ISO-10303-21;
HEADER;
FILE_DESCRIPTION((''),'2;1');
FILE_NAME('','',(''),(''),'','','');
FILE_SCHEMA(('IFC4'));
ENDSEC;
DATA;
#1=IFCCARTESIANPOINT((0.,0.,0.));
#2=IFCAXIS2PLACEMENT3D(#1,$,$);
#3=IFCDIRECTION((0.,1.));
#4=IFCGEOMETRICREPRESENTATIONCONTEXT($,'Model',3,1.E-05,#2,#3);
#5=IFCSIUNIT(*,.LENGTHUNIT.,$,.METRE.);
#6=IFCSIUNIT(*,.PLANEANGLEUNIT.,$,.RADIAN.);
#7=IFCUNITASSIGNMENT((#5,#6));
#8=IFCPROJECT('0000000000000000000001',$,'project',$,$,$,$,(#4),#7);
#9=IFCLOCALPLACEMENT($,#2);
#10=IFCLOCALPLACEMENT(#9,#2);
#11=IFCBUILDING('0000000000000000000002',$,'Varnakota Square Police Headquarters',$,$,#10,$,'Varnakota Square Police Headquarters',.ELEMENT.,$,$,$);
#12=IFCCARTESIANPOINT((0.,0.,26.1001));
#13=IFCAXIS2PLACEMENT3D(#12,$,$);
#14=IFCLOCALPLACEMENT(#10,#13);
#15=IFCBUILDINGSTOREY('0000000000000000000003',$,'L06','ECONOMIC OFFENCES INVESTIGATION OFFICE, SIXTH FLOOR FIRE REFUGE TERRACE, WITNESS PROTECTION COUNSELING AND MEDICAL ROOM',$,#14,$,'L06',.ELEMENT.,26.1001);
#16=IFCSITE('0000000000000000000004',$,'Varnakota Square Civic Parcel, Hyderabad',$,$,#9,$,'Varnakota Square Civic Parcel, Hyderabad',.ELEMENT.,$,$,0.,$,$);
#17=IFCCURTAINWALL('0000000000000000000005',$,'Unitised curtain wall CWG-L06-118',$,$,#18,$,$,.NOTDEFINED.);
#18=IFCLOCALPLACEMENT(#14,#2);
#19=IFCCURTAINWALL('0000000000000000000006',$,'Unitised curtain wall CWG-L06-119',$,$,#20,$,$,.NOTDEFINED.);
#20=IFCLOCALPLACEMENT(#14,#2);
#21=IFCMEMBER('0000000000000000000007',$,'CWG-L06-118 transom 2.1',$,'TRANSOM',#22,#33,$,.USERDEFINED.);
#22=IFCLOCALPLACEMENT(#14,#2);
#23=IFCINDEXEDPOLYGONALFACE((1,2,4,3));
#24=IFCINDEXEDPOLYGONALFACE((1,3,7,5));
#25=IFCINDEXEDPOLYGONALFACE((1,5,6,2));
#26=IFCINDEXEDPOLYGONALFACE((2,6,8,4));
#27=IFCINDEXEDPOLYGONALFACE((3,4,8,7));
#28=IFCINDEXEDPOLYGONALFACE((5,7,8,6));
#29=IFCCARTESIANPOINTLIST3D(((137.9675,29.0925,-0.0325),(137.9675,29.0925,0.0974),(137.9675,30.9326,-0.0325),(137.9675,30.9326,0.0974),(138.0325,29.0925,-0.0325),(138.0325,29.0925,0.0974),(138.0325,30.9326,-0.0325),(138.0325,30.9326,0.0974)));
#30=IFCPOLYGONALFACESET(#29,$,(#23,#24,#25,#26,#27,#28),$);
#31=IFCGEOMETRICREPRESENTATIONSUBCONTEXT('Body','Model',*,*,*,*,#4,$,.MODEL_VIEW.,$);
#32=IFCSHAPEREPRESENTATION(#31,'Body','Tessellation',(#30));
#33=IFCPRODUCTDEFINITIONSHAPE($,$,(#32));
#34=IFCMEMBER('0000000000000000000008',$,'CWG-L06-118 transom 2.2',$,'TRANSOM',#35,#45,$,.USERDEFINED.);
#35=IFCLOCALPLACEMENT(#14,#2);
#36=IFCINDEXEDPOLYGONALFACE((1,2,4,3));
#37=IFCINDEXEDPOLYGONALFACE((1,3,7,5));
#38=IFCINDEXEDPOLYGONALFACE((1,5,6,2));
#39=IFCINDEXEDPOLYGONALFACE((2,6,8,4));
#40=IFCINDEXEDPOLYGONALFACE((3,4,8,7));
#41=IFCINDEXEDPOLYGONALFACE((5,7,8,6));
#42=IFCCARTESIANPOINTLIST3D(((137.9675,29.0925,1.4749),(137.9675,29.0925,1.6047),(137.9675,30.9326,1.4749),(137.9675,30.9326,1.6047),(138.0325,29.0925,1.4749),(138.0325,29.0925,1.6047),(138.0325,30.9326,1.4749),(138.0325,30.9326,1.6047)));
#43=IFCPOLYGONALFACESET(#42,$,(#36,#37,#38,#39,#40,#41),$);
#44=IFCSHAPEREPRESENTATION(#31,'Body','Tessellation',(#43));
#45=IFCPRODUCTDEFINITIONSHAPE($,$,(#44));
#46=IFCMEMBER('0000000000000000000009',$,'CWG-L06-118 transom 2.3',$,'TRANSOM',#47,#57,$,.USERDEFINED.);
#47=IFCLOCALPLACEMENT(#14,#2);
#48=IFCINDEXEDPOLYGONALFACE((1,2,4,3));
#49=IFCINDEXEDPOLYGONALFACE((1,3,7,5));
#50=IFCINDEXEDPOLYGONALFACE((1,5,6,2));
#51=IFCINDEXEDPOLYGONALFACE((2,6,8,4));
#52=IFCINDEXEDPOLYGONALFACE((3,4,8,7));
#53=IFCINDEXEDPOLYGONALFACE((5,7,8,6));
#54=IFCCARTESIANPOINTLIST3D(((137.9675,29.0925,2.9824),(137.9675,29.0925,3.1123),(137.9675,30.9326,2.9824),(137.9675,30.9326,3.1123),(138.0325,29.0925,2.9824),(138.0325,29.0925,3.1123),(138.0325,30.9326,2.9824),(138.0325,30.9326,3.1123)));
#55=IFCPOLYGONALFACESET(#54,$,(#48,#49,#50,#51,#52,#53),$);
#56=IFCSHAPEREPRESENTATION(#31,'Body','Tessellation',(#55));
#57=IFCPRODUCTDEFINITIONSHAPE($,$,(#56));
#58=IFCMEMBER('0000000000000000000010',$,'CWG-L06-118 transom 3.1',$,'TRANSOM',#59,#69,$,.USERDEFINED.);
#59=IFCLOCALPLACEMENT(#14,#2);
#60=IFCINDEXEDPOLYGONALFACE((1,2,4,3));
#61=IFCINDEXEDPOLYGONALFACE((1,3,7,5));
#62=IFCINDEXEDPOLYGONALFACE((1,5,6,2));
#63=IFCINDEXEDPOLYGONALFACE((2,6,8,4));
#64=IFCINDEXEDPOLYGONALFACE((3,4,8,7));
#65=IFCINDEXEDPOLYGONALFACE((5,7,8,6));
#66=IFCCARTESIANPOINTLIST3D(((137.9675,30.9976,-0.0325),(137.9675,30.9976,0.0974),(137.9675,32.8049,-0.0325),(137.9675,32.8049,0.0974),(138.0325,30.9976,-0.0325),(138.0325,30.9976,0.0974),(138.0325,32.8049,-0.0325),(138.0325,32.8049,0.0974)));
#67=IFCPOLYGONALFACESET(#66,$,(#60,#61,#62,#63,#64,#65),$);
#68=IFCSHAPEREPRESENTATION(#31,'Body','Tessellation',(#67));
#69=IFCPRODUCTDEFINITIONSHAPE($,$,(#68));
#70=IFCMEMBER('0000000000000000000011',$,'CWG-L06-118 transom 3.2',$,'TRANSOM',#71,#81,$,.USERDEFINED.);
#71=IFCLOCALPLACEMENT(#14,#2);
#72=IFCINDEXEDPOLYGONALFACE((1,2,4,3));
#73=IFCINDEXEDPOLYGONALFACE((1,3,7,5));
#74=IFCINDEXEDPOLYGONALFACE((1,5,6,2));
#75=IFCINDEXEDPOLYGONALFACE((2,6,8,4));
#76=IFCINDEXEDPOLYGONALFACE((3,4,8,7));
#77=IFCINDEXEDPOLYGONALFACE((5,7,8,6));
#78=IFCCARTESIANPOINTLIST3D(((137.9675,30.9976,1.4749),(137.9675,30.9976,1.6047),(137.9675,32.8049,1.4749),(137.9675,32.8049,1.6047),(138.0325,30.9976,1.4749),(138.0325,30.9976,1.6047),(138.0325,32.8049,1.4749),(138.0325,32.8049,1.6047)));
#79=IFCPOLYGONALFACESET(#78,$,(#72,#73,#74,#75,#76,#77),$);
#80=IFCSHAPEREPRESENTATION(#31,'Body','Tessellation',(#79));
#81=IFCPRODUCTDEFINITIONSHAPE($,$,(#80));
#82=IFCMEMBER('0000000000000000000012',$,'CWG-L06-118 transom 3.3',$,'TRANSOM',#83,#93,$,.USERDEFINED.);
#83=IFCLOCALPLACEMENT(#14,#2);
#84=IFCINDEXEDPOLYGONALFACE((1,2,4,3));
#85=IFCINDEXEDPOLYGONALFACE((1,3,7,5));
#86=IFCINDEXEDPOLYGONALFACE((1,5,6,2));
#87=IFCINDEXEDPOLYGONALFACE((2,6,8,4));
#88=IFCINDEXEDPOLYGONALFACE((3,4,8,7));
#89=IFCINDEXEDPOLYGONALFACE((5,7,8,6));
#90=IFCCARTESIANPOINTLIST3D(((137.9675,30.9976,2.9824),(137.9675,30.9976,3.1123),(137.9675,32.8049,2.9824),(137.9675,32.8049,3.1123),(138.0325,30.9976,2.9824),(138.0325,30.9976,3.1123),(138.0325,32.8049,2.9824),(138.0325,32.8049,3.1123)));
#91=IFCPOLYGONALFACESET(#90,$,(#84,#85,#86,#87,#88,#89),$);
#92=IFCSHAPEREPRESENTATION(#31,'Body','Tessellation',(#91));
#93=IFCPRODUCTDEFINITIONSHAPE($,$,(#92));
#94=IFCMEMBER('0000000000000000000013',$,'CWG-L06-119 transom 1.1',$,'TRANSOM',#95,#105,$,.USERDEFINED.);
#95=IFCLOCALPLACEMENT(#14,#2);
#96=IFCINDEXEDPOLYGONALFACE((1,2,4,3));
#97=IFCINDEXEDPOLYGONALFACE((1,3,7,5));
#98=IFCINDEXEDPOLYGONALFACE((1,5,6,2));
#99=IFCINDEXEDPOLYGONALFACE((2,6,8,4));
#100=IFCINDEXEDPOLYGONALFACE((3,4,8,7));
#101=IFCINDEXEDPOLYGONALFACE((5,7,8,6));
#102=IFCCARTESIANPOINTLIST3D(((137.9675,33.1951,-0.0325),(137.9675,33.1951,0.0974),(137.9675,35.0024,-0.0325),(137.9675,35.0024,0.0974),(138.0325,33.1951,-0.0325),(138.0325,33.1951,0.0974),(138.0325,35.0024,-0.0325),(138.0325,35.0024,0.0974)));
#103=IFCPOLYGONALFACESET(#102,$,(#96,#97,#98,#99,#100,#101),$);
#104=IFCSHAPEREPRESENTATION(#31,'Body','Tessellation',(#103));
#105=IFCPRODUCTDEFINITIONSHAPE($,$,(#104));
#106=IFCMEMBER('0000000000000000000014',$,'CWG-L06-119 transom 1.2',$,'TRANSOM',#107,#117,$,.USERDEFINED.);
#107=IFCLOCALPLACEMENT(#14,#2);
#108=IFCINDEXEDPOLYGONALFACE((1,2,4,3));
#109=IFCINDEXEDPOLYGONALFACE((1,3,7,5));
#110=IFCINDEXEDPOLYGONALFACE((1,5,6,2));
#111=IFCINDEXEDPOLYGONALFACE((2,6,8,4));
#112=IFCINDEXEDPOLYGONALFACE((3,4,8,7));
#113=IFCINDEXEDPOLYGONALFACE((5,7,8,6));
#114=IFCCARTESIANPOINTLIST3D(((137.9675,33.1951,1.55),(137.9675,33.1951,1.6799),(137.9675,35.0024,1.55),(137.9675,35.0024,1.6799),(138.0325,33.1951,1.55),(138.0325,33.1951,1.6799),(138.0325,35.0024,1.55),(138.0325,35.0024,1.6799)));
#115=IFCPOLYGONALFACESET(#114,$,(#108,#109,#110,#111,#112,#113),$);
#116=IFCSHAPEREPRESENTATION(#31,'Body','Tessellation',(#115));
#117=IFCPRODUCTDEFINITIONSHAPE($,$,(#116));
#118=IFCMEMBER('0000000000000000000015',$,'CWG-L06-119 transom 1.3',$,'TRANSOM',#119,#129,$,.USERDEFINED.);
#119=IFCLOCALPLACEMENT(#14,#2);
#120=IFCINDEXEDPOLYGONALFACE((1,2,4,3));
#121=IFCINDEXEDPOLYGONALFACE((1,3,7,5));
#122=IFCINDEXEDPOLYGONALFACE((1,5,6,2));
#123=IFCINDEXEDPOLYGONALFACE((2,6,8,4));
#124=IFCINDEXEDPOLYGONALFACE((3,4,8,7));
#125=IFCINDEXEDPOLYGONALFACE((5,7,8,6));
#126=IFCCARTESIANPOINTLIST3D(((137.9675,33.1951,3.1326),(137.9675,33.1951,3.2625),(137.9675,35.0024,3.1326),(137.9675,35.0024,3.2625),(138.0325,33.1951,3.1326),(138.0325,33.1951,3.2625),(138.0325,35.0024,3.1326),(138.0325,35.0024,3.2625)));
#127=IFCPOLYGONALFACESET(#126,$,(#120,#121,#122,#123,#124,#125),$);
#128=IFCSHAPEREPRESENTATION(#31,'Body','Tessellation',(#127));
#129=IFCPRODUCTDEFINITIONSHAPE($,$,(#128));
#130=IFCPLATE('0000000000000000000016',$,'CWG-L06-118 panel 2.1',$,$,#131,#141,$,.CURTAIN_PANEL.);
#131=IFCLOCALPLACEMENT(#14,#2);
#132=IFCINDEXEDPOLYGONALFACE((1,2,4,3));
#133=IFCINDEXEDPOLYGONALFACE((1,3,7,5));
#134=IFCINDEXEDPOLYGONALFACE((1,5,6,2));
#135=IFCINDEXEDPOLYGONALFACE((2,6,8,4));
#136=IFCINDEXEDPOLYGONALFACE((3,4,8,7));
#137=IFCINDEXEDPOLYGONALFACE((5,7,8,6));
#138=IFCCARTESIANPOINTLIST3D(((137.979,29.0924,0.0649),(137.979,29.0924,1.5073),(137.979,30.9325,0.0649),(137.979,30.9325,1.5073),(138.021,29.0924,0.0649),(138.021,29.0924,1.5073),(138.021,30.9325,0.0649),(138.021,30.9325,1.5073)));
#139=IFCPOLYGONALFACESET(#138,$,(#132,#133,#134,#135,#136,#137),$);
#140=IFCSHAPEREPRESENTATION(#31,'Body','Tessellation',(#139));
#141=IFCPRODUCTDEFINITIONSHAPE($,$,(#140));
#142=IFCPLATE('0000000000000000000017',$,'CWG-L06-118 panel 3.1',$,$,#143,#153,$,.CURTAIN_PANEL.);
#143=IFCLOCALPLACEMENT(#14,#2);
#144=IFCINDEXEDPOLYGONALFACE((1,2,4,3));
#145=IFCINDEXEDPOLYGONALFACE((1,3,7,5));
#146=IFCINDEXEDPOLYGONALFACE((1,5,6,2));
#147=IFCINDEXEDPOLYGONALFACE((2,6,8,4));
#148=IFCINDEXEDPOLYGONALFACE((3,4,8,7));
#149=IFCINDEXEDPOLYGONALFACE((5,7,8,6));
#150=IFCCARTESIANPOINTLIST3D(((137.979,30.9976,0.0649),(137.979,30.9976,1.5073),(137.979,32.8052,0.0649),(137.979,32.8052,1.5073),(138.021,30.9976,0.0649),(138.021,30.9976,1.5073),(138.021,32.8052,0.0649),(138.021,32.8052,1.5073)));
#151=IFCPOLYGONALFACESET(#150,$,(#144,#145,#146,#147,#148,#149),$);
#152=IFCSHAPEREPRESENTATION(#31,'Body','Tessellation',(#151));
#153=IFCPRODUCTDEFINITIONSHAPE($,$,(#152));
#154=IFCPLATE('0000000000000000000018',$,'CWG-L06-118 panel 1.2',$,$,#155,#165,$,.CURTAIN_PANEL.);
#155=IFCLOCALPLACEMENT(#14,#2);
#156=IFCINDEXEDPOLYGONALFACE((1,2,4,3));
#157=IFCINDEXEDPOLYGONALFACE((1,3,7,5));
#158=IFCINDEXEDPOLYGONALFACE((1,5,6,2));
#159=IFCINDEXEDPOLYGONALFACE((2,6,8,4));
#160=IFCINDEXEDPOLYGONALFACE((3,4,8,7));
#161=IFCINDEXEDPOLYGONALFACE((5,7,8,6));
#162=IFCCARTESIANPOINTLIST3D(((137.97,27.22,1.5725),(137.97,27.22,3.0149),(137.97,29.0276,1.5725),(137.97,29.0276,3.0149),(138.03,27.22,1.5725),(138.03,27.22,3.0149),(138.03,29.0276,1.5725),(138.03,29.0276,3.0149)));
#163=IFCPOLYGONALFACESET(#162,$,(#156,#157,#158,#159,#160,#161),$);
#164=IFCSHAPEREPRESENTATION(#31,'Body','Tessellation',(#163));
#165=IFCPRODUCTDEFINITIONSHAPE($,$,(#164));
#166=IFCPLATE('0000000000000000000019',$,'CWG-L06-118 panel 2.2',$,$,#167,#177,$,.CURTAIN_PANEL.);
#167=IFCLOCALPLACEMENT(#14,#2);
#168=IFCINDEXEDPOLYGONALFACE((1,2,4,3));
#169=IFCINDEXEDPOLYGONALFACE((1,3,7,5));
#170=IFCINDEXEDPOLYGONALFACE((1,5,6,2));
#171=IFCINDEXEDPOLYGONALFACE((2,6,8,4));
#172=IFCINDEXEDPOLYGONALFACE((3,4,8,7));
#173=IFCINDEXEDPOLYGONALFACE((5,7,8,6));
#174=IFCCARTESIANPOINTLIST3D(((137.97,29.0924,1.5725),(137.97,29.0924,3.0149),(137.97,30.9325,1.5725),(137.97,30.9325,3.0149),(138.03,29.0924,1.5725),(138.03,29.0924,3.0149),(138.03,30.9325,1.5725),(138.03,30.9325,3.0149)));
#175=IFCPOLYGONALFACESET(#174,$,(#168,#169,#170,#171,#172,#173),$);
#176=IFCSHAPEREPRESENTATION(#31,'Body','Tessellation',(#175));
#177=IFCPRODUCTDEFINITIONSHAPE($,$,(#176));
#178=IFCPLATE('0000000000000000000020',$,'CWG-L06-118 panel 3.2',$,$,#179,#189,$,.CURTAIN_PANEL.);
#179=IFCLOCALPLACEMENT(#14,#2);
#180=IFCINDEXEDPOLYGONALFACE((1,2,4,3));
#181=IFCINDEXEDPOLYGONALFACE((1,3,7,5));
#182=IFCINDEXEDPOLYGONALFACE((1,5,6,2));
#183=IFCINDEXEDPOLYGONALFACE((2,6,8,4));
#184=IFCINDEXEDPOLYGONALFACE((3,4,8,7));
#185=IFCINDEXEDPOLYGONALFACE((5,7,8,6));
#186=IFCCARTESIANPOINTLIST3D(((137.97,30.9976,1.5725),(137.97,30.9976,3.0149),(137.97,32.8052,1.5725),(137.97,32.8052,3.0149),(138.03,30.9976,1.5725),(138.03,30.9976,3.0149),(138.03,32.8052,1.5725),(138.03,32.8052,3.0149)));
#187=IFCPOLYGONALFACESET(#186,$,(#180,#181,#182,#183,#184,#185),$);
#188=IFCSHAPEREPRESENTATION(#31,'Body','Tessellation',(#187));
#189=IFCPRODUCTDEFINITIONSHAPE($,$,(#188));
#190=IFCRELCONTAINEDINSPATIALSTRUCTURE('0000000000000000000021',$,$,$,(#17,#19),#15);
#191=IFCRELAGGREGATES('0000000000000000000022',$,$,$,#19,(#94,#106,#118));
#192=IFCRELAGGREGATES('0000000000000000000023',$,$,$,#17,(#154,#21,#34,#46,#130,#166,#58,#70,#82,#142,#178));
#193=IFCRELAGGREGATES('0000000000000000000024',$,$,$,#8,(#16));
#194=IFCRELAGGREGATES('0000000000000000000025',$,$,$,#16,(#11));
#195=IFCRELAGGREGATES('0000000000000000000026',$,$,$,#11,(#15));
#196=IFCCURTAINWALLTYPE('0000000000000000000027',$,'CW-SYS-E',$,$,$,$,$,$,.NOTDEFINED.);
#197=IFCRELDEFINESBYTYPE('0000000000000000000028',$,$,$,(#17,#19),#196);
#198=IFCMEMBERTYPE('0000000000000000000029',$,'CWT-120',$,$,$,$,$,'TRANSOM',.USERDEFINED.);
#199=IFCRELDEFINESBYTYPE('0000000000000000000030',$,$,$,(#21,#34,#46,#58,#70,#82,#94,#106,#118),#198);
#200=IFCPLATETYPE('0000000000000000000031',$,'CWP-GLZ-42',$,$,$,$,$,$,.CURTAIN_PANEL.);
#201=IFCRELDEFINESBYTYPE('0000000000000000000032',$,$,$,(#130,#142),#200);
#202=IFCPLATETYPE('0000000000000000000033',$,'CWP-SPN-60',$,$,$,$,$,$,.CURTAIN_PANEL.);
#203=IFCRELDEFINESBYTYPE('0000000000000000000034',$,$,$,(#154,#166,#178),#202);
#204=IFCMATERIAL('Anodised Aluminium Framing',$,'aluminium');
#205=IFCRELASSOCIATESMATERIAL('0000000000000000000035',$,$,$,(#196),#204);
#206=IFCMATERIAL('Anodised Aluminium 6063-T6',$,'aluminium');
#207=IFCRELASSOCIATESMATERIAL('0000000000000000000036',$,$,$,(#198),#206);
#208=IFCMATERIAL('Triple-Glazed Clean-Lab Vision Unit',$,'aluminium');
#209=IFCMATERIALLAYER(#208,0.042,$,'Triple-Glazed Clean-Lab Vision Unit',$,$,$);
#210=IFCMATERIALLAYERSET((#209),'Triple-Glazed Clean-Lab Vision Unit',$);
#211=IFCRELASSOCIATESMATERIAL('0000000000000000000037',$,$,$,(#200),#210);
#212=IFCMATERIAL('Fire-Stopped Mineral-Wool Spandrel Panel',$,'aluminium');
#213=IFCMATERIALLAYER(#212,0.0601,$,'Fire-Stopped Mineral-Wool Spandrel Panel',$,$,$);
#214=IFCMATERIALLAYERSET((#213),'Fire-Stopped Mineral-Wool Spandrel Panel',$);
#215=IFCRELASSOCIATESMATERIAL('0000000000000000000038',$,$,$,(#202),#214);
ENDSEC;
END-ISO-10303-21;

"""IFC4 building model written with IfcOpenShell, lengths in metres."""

from ifc_helpers import new_model, si_unit, direction, frame, origin, origin_2d, place, context, subcontext, project, spatial, rectangle, extrude, material, layer, layer_set, material_profile, profile_set, type_object, element, aggregate, save


model = new_model("IFC4")

# Units and contexts
model_context = context("Model", 3, precision=1e-05, world=origin(), true_north=direction((0.0, 1.0)))
body_context = subcontext(model_context, "Body", "Model", "MODEL_VIEW")
ifc_project = project(units=[si_unit("LENGTHUNIT", "METRE"), si_unit("PLANEANGLEUNIT", "RADIAN")], contexts=[model_context])

# Site, building, storey
site_placement = place(None, origin())
site = spatial("IfcSite", under=ifc_project, at=site_placement, Name="Varnakota Square Civic Parcel, Hyderabad", LongName="Varnakota Square Civic Parcel, Hyderabad", CompositionType="ELEMENT", RefElevation=0.0)
building_placement = place(site_placement, origin())
building = spatial("IfcBuilding", under=site, at=building_placement, Name="Varnakota Square Police Headquarters", LongName="Varnakota Square Police Headquarters", CompositionType="ELEMENT")
storey_placement = place(building_placement, frame((0.0, 0.0, 26.1001)))
storey = spatial("IfcBuildingStorey", under=building, at=storey_placement, Name="L06", Description="ECONOMIC OFFENCES INVESTIGATION OFFICE, SIXTH FLOOR FIRE REFUGE TERRACE, WITNESS PROTECTION COUNSELING AND MEDICAL ROOM", LongName="L06", CompositionType="ELEMENT", Elevation=26.1001)

# Curtain wall
ifc_material_1 = material(Name="Anodised Aluminium Framing", Category="aluminium")
curtain_wall_type = type_object("IfcCurtainWallType", Name="CW-SYS-E", PredefinedType="NOTDEFINED", material=ifc_material_1)
curtain_wall_1_placement = place(storey_placement, origin())
curtain_wall_1 = element("IfcCurtainWall", 1, at=curtain_wall_1_placement, inside=storey, type_object=curtain_wall_type, Name="Unitised curtain wall CWG-L06-118", PredefinedType="NOTDEFINED")
ifc_material_2 = material(Name="Anodised Aluminium 6063-T6", Category="aluminium")

# Curtain wall
curtain_wall_2_placement = place(storey_placement, origin())
curtain_wall_2 = element("IfcCurtainWall", 2, at=curtain_wall_2_placement, inside=storey, type_object=curtain_wall_type, Name="Unitised curtain wall CWG-L06-119", PredefinedType="NOTDEFINED")

# Members
ifc_material_profile_1 = material_profile(ifc_material_2, rectangle(XDim=0.0649, YDim=0.1299, at=origin_2d()), Name="ALU TRANSOM 65x130")
ifc_profile_set_1 = profile_set([ifc_material_profile_1], Name="Anodised Aluminium 6063-T6")
member_type_1 = type_object("IfcMemberType", Name="CWT-120", ElementType="TRANSOM", PredefinedType="USERDEFINED", material=ifc_profile_set_1)
member_1_placement = place(storey_placement, frame((138.0, 29.0925, 0.0325), z_axis=(0.0, 1.0, 0.0), x_axis=(-1.0, 0.0, 0.0)))
member_1 = element("IfcMember", 3, at=member_1_placement, type_object=member_type_1, Name="CWG-L06-118 transom 2.1", ObjectType="TRANSOM", PredefinedType="USERDEFINED", context=body_context, shape_type="SweptSolid", body=[
    extrude(rectangle(XDim=0.0649, YDim=0.1299, at=origin_2d()), origin(), (0.0, 0.0, 1.0), 1.8401),
])
member_2_placement = place(storey_placement, frame((138.0, 29.0925, 1.5398), z_axis=(0.0, 1.0, 0.0), x_axis=(-1.0, 0.0, 0.0)))
member_2 = element("IfcMember", 4, at=member_2_placement, type_object=member_type_1, Name="CWG-L06-118 transom 2.2", ObjectType="TRANSOM", PredefinedType="USERDEFINED", context=body_context, shape_type="SweptSolid", body=[
    extrude(rectangle(XDim=0.0649, YDim=0.1299, at=origin_2d()), origin(), (0.0, 0.0, 1.0), 1.8401),
])
member_3_placement = place(storey_placement, frame((138.0, 29.0925, 3.0474), z_axis=(0.0, 1.0, 0.0), x_axis=(-1.0, 0.0, 0.0)))
member_3 = element("IfcMember", 5, at=member_3_placement, type_object=member_type_1, Name="CWG-L06-118 transom 2.3", ObjectType="TRANSOM", PredefinedType="USERDEFINED", context=body_context, shape_type="SweptSolid", body=[
    extrude(rectangle(XDim=0.0649, YDim=0.1299, at=origin_2d()), origin(), (0.0, 0.0, 1.0), 1.8401),
])
member_4_placement = place(storey_placement, frame((138.0, 30.9976, 0.0325), z_axis=(0.0, 1.0, 0.0), x_axis=(-1.0, 0.0, 0.0)))
member_4 = element("IfcMember", 6, at=member_4_placement, type_object=member_type_1, Name="CWG-L06-118 transom 3.1", ObjectType="TRANSOM", PredefinedType="USERDEFINED", context=body_context, shape_type="SweptSolid", body=[
    extrude(rectangle(XDim=0.0649, YDim=0.1299, at=origin_2d()), origin(), (0.0, 0.0, 1.0), 1.8074),
])
member_5_placement = place(storey_placement, frame((138.0, 30.9976, 1.5398), z_axis=(0.0, 1.0, 0.0), x_axis=(-1.0, 0.0, 0.0)))
member_5 = element("IfcMember", 7, at=member_5_placement, type_object=member_type_1, Name="CWG-L06-118 transom 3.2", ObjectType="TRANSOM", PredefinedType="USERDEFINED", context=body_context, shape_type="SweptSolid", body=[
    extrude(rectangle(XDim=0.0649, YDim=0.1299, at=origin_2d()), origin(), (0.0, 0.0, 1.0), 1.8074),
])
member_6_placement = place(storey_placement, frame((138.0, 30.9976, 3.0474), z_axis=(0.0, 1.0, 0.0), x_axis=(-1.0, 0.0, 0.0)))
member_6 = element("IfcMember", 8, at=member_6_placement, type_object=member_type_1, Name="CWG-L06-118 transom 3.3", ObjectType="TRANSOM", PredefinedType="USERDEFINED", context=body_context, shape_type="SweptSolid", body=[
    extrude(rectangle(XDim=0.0649, YDim=0.1299, at=origin_2d()), origin(), (0.0, 0.0, 1.0), 1.8074),
])
member_7_placement = place(storey_placement, frame((138.0, 33.1951, 0.0325), z_axis=(0.0, 1.0, 0.0), x_axis=(-1.0, 0.0, 0.0)))
member_7 = element("IfcMember", 9, at=member_7_placement, type_object=member_type_1, Name="CWG-L06-119 transom 1.1", ObjectType="TRANSOM", PredefinedType="USERDEFINED", context=body_context, shape_type="SweptSolid", body=[
    extrude(rectangle(XDim=0.0649, YDim=0.1299, at=origin_2d()), origin(), (0.0, 0.0, 1.0), 1.8074),
])
member_8_placement = place(storey_placement, frame((138.0, 33.1951, 1.615), z_axis=(0.0, 1.0, 0.0), x_axis=(-1.0, 0.0, 0.0)))
member_8 = element("IfcMember", 10, at=member_8_placement, type_object=member_type_1, Name="CWG-L06-119 transom 1.2", ObjectType="TRANSOM", PredefinedType="USERDEFINED", context=body_context, shape_type="SweptSolid", body=[
    extrude(rectangle(XDim=0.0649, YDim=0.1299, at=origin_2d()), origin(), (0.0, 0.0, 1.0), 1.8074),
])
member_9_placement = place(storey_placement, frame((138.0, 33.1951, 3.1975), z_axis=(0.0, 1.0, 0.0), x_axis=(-1.0, 0.0, 0.0)))
member_9 = element("IfcMember", 11, at=member_9_placement, type_object=member_type_1, Name="CWG-L06-119 transom 1.3", ObjectType="TRANSOM", PredefinedType="USERDEFINED", context=body_context, shape_type="SweptSolid", body=[
    extrude(rectangle(XDim=0.0649, YDim=0.1299, at=origin_2d()), origin(), (0.0, 0.0, 1.0), 1.8074),
])
aggregate(curtain_wall_2, [member_7, member_8, member_9])

# Plates
ifc_material_3 = material(Name="Triple-Glazed Clean-Lab Vision Unit", Category="aluminium")
ifc_layer_1 = layer(ifc_material_3, 0.042, Name="Triple-Glazed Clean-Lab Vision Unit")
ifc_layer_set_1 = layer_set([ifc_layer_1], Name="Triple-Glazed Clean-Lab Vision Unit")
plate_type_1 = type_object("IfcPlateType", Name="CWP-GLZ-42", PredefinedType="CURTAIN_PANEL", material=ifc_layer_set_1)
plate_1_placement = place(storey_placement, frame((138.0, 30.0125, 0.0649), z_axis=(0.0, 0.0, 1.0), x_axis=(0.0, 1.0, 0.0)))
plate_1 = element("IfcPlate", 12, at=plate_1_placement, type_object=plate_type_1, Name="CWG-L06-118 panel 2.1", PredefinedType="CURTAIN_PANEL", context=body_context, shape_type="SweptSolid", body=[
    extrude(rectangle(XDim=1.8401, YDim=0.042, at=origin_2d()), origin(), (0.0, 0.0, 1.0), 1.4424),
])
plate_2_placement = place(storey_placement, frame((138.0, 31.9014, 0.0649), z_axis=(0.0, 0.0, 1.0), x_axis=(0.0, 1.0, 0.0)))
plate_2 = element("IfcPlate", 13, at=plate_2_placement, type_object=plate_type_1, Name="CWG-L06-118 panel 3.1", PredefinedType="CURTAIN_PANEL", context=body_context, shape_type="SweptSolid", body=[
    extrude(rectangle(XDim=1.8076, YDim=0.042, at=origin_2d()), origin(), (0.0, 0.0, 1.0), 1.4424),
])
ifc_material_4 = material(Name="Fire-Stopped Mineral-Wool Spandrel Panel", Category="aluminium")
ifc_layer_2 = layer(ifc_material_4, 0.0601, Name="Fire-Stopped Mineral-Wool Spandrel Panel")
ifc_layer_set_2 = layer_set([ifc_layer_2], Name="Fire-Stopped Mineral-Wool Spandrel Panel")
plate_type_2 = type_object("IfcPlateType", Name="CWP-SPN-60", PredefinedType="CURTAIN_PANEL", material=ifc_layer_set_2)
plate_3_placement = place(storey_placement, frame((138.0, 28.1238, 1.5725), z_axis=(0.0, 0.0, 1.0), x_axis=(0.0, 1.0, 0.0)))
plate_3 = element("IfcPlate", 14, at=plate_3_placement, type_object=plate_type_2, Name="CWG-L06-118 panel 1.2", PredefinedType="CURTAIN_PANEL", context=body_context, shape_type="SweptSolid", body=[
    extrude(rectangle(XDim=1.8076, YDim=0.0601, at=origin_2d()), origin(), (0.0, 0.0, 1.0), 1.4424),
])
plate_4_placement = place(storey_placement, frame((138.0, 30.0125, 1.5725), z_axis=(0.0, 0.0, 1.0), x_axis=(0.0, 1.0, 0.0)))
plate_4 = element("IfcPlate", 15, at=plate_4_placement, type_object=plate_type_2, Name="CWG-L06-118 panel 2.2", PredefinedType="CURTAIN_PANEL", context=body_context, shape_type="SweptSolid", body=[
    extrude(rectangle(XDim=1.8401, YDim=0.0601, at=origin_2d()), origin(), (0.0, 0.0, 1.0), 1.4424),
])
plate_5_placement = place(storey_placement, frame((138.0, 31.9014, 1.5725), z_axis=(0.0, 0.0, 1.0), x_axis=(0.0, 1.0, 0.0)))
plate_5 = element("IfcPlate", 16, at=plate_5_placement, type_object=plate_type_2, Name="CWG-L06-118 panel 3.2", PredefinedType="CURTAIN_PANEL", context=body_context, shape_type="SweptSolid", body=[
    extrude(rectangle(XDim=1.8076, YDim=0.0601, at=origin_2d()), origin(), (0.0, 0.0, 1.0), 1.4424),
])
aggregate(curtain_wall_1, [plate_3, member_1, member_2, member_3, plate_1, plate_4, member_4, member_5, member_6, plate_2, plate_5])

save(model, "model.ifc")
